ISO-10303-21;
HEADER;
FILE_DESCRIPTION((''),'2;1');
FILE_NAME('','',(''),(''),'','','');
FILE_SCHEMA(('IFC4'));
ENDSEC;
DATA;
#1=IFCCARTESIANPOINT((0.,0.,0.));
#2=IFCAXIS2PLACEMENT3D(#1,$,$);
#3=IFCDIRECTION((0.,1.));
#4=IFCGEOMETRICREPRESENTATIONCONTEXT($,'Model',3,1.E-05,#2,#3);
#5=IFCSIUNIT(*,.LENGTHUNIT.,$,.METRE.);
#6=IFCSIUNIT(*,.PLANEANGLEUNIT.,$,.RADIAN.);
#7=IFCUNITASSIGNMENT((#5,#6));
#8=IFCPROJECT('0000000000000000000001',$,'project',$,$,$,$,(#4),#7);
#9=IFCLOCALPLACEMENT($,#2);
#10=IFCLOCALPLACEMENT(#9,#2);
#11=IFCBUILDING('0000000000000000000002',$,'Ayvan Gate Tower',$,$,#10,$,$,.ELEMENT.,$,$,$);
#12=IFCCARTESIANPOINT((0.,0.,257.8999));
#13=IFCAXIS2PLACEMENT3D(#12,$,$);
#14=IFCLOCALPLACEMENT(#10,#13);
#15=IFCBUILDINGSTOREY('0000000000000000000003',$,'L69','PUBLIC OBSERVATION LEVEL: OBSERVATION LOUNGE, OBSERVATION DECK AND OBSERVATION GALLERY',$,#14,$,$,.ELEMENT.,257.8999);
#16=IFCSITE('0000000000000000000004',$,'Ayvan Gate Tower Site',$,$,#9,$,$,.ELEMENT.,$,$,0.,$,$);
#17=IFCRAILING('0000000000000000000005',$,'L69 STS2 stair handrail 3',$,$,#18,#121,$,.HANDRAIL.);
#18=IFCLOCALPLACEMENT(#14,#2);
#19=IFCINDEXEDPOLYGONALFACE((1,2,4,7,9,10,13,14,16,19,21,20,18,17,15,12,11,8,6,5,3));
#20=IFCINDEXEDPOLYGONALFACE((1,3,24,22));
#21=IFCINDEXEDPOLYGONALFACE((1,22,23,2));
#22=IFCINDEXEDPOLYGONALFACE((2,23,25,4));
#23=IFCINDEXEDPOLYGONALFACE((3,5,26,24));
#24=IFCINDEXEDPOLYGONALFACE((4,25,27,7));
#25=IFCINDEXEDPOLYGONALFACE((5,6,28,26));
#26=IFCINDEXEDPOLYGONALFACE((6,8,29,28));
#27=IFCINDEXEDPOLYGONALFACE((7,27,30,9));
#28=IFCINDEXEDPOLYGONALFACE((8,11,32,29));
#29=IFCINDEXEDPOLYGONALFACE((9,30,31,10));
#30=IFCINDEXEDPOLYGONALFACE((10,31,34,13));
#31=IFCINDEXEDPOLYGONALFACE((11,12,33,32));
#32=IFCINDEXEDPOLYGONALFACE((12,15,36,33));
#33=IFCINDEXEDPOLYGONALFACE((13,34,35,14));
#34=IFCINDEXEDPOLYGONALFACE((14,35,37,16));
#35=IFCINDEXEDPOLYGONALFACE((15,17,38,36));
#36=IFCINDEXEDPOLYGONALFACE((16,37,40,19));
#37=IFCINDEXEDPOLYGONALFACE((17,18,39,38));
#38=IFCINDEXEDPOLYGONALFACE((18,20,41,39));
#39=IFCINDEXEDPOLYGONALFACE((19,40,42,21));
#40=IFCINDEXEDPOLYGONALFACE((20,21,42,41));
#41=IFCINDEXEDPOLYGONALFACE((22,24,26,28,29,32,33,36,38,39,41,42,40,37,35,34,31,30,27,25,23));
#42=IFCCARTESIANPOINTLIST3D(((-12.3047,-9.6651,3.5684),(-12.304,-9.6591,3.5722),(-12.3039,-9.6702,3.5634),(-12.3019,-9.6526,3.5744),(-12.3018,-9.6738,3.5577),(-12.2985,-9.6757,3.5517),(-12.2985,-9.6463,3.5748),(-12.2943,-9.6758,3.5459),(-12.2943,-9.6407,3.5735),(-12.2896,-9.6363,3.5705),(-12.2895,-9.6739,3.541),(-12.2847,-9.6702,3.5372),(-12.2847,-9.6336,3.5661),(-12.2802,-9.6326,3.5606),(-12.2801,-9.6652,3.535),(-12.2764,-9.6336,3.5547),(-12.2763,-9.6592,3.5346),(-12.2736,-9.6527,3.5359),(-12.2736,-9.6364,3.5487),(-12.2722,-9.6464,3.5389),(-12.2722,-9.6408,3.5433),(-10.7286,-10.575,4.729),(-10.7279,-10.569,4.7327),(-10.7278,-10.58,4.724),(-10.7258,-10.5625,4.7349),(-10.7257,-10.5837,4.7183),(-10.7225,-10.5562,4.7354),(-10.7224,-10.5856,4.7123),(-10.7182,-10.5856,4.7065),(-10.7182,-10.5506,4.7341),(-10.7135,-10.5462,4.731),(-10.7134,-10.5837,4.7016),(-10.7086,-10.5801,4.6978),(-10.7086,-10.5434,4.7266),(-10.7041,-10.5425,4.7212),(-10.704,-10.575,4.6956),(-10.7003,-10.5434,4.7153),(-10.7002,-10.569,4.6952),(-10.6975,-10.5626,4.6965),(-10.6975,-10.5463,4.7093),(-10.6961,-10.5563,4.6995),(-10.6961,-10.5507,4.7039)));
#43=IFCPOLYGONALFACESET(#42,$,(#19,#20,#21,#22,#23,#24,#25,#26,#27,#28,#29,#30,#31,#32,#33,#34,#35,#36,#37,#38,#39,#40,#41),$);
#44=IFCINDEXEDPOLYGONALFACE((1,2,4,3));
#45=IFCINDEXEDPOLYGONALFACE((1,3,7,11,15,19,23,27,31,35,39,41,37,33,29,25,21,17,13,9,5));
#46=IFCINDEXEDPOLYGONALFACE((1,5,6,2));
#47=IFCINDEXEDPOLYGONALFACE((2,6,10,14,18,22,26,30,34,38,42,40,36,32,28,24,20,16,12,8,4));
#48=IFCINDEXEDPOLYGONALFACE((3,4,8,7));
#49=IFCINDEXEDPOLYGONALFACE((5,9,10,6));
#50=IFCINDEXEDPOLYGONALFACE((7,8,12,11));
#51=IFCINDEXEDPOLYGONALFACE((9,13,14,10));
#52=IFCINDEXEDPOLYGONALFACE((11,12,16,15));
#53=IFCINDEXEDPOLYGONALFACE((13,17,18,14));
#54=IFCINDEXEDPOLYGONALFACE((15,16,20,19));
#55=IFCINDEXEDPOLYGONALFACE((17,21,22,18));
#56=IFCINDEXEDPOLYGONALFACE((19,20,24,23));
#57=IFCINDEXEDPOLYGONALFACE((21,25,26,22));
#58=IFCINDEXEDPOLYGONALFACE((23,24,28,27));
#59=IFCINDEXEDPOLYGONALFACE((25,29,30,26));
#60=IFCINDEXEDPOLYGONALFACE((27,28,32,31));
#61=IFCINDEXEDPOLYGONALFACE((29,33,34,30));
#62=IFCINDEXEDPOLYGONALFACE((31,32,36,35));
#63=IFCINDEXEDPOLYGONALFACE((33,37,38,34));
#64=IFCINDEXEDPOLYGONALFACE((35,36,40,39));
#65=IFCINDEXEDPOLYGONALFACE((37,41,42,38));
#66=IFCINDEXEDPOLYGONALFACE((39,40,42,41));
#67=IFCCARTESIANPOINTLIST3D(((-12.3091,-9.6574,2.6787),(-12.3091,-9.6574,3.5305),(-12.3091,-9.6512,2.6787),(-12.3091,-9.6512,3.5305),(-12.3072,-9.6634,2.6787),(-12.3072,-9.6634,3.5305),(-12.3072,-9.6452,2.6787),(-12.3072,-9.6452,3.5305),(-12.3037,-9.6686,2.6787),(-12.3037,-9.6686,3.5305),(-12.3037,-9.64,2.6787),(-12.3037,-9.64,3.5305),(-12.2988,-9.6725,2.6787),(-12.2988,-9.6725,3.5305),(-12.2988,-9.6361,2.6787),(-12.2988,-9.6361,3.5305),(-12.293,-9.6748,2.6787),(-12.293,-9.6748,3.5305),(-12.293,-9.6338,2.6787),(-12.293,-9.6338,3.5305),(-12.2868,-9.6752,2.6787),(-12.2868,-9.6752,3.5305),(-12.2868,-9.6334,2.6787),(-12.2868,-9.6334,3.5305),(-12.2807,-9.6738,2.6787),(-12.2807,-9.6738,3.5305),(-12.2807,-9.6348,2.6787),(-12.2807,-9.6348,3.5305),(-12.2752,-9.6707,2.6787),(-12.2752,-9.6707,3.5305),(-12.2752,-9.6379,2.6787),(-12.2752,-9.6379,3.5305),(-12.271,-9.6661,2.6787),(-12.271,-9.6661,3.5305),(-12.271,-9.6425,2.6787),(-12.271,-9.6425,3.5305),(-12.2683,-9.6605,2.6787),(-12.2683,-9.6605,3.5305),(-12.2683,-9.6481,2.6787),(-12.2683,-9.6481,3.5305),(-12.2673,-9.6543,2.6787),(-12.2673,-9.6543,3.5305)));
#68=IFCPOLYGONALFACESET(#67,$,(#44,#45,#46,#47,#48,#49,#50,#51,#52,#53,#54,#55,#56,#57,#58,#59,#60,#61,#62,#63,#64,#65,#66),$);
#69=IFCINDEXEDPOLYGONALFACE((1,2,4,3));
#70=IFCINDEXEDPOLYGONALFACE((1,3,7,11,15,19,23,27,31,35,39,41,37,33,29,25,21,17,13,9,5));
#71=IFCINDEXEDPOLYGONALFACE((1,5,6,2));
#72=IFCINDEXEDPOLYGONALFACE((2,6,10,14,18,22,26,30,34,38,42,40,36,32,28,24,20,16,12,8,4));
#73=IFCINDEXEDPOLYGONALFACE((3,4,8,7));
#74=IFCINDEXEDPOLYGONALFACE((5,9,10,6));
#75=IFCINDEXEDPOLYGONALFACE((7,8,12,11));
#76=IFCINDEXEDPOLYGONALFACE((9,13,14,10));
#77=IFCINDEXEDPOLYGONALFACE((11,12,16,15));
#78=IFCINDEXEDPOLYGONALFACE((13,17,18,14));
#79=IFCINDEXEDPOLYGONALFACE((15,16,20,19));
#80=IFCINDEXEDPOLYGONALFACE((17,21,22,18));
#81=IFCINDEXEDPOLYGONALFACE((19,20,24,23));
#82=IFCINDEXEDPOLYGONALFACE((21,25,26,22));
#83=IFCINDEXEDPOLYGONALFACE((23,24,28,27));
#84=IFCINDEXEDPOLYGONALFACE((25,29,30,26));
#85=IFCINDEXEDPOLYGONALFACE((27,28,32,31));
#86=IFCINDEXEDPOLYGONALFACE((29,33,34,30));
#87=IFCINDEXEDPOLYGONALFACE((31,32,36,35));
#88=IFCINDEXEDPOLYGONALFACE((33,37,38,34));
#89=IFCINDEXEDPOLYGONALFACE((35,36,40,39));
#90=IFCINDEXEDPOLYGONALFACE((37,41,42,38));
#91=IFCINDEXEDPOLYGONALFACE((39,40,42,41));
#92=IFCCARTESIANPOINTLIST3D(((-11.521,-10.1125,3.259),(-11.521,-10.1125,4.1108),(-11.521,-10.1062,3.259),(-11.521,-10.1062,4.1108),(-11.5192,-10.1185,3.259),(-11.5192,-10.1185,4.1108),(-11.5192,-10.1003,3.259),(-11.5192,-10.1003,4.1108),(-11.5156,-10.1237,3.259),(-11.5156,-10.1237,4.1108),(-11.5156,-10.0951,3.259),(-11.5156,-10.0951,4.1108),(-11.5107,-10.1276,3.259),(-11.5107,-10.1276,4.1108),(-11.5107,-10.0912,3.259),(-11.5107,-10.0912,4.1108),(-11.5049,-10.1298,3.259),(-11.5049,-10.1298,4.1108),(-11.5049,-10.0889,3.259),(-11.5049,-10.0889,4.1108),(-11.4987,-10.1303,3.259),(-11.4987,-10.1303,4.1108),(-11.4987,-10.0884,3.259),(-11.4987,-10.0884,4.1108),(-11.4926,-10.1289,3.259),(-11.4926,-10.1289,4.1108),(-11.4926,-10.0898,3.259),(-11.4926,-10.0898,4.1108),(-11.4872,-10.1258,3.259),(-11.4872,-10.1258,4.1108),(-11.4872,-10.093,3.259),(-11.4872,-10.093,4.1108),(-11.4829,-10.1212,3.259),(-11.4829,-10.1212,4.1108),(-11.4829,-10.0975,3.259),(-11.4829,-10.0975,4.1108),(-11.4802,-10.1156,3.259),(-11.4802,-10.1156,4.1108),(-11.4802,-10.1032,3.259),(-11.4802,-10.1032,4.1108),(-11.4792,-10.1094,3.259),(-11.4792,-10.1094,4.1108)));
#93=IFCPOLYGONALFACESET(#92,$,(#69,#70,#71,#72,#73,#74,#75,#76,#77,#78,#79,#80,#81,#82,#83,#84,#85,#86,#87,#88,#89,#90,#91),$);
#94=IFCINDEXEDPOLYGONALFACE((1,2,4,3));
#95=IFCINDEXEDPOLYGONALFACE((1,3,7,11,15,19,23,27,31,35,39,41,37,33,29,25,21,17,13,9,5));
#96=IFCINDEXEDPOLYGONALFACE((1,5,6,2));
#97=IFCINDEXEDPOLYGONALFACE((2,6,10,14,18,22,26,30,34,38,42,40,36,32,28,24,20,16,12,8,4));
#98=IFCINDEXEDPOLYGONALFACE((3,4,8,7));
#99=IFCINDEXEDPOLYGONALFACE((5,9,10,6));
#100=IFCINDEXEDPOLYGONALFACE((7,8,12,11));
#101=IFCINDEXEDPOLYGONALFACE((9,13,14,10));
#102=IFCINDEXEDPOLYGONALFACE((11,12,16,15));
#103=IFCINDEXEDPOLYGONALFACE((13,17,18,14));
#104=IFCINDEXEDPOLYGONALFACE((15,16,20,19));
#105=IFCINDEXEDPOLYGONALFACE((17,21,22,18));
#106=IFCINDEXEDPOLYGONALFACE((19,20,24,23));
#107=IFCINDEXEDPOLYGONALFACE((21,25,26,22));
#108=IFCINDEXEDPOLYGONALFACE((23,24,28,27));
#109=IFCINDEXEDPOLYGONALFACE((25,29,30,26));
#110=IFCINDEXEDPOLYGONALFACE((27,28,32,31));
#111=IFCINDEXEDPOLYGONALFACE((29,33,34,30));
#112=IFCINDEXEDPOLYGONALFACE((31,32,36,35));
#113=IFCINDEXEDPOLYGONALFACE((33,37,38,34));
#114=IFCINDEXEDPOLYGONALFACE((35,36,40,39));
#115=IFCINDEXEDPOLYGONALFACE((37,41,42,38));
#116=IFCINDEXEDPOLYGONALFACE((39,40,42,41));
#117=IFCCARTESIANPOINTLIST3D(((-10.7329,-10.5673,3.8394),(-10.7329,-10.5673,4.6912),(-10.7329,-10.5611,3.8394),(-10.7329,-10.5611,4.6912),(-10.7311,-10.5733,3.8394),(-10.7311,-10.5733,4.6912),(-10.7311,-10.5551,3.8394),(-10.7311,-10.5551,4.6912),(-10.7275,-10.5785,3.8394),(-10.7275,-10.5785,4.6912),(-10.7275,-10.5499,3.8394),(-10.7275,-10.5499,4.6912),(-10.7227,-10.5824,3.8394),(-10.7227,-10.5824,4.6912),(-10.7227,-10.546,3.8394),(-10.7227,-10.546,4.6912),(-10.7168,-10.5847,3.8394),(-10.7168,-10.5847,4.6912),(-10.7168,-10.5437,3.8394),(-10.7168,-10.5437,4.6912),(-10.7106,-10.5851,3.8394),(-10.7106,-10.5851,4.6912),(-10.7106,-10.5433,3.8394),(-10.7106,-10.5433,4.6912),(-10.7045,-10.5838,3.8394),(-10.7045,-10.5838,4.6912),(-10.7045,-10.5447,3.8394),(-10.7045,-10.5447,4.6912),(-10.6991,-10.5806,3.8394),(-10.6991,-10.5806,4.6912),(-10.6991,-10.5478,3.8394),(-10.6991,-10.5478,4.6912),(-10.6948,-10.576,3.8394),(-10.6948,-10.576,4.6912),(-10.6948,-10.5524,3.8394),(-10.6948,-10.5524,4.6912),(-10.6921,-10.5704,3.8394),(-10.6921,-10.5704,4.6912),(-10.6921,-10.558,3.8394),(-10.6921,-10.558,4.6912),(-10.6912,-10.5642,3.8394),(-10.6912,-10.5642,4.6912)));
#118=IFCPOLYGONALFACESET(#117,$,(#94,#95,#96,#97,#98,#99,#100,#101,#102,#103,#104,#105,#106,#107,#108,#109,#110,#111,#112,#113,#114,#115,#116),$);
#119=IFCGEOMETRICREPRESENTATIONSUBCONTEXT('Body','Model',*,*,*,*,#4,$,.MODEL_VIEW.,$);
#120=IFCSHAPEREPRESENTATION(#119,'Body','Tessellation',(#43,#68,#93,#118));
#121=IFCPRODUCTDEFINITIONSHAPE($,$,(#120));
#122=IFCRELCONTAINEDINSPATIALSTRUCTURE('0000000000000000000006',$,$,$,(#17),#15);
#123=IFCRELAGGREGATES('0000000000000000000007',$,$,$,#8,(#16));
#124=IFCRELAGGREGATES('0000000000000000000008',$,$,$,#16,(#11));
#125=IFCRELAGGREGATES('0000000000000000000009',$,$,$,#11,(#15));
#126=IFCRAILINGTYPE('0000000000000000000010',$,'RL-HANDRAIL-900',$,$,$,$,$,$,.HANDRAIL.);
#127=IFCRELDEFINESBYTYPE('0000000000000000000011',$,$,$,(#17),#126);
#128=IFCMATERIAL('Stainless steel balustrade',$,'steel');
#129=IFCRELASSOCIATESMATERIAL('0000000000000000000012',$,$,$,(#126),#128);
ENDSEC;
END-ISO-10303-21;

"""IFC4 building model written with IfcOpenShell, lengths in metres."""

from ifc_helpers import new_model, si_unit, direction, frame, origin, origin_2d, place, context, subcontext, project, spatial, circle, extrude, material, type_object, element, save


model = new_model("IFC4")

# Units and contexts
model_context = context("Model", 3, precision=1e-05, world=origin(), true_north=direction((0.0, 1.0)))
body_context = subcontext(model_context, "Body", "Model", "MODEL_VIEW")
ifc_project = project(units=[si_unit("LENGTHUNIT", "METRE"), si_unit("PLANEANGLEUNIT", "RADIAN")], contexts=[model_context])

# Site, building, storey
site_placement = place(None, origin())
site = spatial("IfcSite", under=ifc_project, at=site_placement, Name="Ayvan Gate Tower Site", CompositionType="ELEMENT", RefElevation=0.0)
building_placement = place(site_placement, origin())
building = spatial("IfcBuilding", under=site, at=building_placement, Name="Ayvan Gate Tower", CompositionType="ELEMENT")
storey_placement = place(building_placement, frame((0.0, 0.0, 257.8999)))
storey = spatial("IfcBuildingStorey", under=building, at=storey_placement, Name="L69", Description="PUBLIC OBSERVATION LEVEL: OBSERVATION LOUNGE, OBSERVATION DECK AND OBSERVATION GALLERY", CompositionType="ELEMENT", Elevation=257.8999)

# Railing
ifc_material_1 = material(Name="Stainless steel balustrade", Category="steel")
railing_type_1 = type_object("IfcRailingType", Name="RL-HANDRAIL-900", PredefinedType="HANDRAIL", material=ifc_material_1)
for number, where, name in (
    (1, (-12.2883, -9.6543, 2.6787), "L69 STS2 stair handrail 3"),
):
    element("IfcRailing", number, at=place(storey_placement, frame(where)), inside=storey, type_object=railing_type_1, Name=name, PredefinedType="HANDRAIL", context=body_context, shape_type="SweptSolid", body=[
        extrude(circle(Radius=0.0239, at=origin_2d()), frame((0.0, 0.0, 0.876), z_axis=(0.730198, -0.421538, 0.537695), x_axis=(0.499962, 0.866047, 0.0)), (0.0, 0.0, 1.0), 2.1584),
        extrude(circle(Radius=0.021, at=origin_2d()), origin(), (0.0, 0.0, 1.0), 0.8518),
        extrude(circle(Radius=0.021, at=origin_2d()), frame((0.7881, -0.4551, 0.5803)), (0.0, 0.0, 1.0), 0.8518),
        extrude(circle(Radius=0.021, at=origin_2d()), frame((1.5762, -0.9099, 1.1606)), (0.0, 0.0, 1.0), 0.8518),
    ])

save(model, "model.ifc")
